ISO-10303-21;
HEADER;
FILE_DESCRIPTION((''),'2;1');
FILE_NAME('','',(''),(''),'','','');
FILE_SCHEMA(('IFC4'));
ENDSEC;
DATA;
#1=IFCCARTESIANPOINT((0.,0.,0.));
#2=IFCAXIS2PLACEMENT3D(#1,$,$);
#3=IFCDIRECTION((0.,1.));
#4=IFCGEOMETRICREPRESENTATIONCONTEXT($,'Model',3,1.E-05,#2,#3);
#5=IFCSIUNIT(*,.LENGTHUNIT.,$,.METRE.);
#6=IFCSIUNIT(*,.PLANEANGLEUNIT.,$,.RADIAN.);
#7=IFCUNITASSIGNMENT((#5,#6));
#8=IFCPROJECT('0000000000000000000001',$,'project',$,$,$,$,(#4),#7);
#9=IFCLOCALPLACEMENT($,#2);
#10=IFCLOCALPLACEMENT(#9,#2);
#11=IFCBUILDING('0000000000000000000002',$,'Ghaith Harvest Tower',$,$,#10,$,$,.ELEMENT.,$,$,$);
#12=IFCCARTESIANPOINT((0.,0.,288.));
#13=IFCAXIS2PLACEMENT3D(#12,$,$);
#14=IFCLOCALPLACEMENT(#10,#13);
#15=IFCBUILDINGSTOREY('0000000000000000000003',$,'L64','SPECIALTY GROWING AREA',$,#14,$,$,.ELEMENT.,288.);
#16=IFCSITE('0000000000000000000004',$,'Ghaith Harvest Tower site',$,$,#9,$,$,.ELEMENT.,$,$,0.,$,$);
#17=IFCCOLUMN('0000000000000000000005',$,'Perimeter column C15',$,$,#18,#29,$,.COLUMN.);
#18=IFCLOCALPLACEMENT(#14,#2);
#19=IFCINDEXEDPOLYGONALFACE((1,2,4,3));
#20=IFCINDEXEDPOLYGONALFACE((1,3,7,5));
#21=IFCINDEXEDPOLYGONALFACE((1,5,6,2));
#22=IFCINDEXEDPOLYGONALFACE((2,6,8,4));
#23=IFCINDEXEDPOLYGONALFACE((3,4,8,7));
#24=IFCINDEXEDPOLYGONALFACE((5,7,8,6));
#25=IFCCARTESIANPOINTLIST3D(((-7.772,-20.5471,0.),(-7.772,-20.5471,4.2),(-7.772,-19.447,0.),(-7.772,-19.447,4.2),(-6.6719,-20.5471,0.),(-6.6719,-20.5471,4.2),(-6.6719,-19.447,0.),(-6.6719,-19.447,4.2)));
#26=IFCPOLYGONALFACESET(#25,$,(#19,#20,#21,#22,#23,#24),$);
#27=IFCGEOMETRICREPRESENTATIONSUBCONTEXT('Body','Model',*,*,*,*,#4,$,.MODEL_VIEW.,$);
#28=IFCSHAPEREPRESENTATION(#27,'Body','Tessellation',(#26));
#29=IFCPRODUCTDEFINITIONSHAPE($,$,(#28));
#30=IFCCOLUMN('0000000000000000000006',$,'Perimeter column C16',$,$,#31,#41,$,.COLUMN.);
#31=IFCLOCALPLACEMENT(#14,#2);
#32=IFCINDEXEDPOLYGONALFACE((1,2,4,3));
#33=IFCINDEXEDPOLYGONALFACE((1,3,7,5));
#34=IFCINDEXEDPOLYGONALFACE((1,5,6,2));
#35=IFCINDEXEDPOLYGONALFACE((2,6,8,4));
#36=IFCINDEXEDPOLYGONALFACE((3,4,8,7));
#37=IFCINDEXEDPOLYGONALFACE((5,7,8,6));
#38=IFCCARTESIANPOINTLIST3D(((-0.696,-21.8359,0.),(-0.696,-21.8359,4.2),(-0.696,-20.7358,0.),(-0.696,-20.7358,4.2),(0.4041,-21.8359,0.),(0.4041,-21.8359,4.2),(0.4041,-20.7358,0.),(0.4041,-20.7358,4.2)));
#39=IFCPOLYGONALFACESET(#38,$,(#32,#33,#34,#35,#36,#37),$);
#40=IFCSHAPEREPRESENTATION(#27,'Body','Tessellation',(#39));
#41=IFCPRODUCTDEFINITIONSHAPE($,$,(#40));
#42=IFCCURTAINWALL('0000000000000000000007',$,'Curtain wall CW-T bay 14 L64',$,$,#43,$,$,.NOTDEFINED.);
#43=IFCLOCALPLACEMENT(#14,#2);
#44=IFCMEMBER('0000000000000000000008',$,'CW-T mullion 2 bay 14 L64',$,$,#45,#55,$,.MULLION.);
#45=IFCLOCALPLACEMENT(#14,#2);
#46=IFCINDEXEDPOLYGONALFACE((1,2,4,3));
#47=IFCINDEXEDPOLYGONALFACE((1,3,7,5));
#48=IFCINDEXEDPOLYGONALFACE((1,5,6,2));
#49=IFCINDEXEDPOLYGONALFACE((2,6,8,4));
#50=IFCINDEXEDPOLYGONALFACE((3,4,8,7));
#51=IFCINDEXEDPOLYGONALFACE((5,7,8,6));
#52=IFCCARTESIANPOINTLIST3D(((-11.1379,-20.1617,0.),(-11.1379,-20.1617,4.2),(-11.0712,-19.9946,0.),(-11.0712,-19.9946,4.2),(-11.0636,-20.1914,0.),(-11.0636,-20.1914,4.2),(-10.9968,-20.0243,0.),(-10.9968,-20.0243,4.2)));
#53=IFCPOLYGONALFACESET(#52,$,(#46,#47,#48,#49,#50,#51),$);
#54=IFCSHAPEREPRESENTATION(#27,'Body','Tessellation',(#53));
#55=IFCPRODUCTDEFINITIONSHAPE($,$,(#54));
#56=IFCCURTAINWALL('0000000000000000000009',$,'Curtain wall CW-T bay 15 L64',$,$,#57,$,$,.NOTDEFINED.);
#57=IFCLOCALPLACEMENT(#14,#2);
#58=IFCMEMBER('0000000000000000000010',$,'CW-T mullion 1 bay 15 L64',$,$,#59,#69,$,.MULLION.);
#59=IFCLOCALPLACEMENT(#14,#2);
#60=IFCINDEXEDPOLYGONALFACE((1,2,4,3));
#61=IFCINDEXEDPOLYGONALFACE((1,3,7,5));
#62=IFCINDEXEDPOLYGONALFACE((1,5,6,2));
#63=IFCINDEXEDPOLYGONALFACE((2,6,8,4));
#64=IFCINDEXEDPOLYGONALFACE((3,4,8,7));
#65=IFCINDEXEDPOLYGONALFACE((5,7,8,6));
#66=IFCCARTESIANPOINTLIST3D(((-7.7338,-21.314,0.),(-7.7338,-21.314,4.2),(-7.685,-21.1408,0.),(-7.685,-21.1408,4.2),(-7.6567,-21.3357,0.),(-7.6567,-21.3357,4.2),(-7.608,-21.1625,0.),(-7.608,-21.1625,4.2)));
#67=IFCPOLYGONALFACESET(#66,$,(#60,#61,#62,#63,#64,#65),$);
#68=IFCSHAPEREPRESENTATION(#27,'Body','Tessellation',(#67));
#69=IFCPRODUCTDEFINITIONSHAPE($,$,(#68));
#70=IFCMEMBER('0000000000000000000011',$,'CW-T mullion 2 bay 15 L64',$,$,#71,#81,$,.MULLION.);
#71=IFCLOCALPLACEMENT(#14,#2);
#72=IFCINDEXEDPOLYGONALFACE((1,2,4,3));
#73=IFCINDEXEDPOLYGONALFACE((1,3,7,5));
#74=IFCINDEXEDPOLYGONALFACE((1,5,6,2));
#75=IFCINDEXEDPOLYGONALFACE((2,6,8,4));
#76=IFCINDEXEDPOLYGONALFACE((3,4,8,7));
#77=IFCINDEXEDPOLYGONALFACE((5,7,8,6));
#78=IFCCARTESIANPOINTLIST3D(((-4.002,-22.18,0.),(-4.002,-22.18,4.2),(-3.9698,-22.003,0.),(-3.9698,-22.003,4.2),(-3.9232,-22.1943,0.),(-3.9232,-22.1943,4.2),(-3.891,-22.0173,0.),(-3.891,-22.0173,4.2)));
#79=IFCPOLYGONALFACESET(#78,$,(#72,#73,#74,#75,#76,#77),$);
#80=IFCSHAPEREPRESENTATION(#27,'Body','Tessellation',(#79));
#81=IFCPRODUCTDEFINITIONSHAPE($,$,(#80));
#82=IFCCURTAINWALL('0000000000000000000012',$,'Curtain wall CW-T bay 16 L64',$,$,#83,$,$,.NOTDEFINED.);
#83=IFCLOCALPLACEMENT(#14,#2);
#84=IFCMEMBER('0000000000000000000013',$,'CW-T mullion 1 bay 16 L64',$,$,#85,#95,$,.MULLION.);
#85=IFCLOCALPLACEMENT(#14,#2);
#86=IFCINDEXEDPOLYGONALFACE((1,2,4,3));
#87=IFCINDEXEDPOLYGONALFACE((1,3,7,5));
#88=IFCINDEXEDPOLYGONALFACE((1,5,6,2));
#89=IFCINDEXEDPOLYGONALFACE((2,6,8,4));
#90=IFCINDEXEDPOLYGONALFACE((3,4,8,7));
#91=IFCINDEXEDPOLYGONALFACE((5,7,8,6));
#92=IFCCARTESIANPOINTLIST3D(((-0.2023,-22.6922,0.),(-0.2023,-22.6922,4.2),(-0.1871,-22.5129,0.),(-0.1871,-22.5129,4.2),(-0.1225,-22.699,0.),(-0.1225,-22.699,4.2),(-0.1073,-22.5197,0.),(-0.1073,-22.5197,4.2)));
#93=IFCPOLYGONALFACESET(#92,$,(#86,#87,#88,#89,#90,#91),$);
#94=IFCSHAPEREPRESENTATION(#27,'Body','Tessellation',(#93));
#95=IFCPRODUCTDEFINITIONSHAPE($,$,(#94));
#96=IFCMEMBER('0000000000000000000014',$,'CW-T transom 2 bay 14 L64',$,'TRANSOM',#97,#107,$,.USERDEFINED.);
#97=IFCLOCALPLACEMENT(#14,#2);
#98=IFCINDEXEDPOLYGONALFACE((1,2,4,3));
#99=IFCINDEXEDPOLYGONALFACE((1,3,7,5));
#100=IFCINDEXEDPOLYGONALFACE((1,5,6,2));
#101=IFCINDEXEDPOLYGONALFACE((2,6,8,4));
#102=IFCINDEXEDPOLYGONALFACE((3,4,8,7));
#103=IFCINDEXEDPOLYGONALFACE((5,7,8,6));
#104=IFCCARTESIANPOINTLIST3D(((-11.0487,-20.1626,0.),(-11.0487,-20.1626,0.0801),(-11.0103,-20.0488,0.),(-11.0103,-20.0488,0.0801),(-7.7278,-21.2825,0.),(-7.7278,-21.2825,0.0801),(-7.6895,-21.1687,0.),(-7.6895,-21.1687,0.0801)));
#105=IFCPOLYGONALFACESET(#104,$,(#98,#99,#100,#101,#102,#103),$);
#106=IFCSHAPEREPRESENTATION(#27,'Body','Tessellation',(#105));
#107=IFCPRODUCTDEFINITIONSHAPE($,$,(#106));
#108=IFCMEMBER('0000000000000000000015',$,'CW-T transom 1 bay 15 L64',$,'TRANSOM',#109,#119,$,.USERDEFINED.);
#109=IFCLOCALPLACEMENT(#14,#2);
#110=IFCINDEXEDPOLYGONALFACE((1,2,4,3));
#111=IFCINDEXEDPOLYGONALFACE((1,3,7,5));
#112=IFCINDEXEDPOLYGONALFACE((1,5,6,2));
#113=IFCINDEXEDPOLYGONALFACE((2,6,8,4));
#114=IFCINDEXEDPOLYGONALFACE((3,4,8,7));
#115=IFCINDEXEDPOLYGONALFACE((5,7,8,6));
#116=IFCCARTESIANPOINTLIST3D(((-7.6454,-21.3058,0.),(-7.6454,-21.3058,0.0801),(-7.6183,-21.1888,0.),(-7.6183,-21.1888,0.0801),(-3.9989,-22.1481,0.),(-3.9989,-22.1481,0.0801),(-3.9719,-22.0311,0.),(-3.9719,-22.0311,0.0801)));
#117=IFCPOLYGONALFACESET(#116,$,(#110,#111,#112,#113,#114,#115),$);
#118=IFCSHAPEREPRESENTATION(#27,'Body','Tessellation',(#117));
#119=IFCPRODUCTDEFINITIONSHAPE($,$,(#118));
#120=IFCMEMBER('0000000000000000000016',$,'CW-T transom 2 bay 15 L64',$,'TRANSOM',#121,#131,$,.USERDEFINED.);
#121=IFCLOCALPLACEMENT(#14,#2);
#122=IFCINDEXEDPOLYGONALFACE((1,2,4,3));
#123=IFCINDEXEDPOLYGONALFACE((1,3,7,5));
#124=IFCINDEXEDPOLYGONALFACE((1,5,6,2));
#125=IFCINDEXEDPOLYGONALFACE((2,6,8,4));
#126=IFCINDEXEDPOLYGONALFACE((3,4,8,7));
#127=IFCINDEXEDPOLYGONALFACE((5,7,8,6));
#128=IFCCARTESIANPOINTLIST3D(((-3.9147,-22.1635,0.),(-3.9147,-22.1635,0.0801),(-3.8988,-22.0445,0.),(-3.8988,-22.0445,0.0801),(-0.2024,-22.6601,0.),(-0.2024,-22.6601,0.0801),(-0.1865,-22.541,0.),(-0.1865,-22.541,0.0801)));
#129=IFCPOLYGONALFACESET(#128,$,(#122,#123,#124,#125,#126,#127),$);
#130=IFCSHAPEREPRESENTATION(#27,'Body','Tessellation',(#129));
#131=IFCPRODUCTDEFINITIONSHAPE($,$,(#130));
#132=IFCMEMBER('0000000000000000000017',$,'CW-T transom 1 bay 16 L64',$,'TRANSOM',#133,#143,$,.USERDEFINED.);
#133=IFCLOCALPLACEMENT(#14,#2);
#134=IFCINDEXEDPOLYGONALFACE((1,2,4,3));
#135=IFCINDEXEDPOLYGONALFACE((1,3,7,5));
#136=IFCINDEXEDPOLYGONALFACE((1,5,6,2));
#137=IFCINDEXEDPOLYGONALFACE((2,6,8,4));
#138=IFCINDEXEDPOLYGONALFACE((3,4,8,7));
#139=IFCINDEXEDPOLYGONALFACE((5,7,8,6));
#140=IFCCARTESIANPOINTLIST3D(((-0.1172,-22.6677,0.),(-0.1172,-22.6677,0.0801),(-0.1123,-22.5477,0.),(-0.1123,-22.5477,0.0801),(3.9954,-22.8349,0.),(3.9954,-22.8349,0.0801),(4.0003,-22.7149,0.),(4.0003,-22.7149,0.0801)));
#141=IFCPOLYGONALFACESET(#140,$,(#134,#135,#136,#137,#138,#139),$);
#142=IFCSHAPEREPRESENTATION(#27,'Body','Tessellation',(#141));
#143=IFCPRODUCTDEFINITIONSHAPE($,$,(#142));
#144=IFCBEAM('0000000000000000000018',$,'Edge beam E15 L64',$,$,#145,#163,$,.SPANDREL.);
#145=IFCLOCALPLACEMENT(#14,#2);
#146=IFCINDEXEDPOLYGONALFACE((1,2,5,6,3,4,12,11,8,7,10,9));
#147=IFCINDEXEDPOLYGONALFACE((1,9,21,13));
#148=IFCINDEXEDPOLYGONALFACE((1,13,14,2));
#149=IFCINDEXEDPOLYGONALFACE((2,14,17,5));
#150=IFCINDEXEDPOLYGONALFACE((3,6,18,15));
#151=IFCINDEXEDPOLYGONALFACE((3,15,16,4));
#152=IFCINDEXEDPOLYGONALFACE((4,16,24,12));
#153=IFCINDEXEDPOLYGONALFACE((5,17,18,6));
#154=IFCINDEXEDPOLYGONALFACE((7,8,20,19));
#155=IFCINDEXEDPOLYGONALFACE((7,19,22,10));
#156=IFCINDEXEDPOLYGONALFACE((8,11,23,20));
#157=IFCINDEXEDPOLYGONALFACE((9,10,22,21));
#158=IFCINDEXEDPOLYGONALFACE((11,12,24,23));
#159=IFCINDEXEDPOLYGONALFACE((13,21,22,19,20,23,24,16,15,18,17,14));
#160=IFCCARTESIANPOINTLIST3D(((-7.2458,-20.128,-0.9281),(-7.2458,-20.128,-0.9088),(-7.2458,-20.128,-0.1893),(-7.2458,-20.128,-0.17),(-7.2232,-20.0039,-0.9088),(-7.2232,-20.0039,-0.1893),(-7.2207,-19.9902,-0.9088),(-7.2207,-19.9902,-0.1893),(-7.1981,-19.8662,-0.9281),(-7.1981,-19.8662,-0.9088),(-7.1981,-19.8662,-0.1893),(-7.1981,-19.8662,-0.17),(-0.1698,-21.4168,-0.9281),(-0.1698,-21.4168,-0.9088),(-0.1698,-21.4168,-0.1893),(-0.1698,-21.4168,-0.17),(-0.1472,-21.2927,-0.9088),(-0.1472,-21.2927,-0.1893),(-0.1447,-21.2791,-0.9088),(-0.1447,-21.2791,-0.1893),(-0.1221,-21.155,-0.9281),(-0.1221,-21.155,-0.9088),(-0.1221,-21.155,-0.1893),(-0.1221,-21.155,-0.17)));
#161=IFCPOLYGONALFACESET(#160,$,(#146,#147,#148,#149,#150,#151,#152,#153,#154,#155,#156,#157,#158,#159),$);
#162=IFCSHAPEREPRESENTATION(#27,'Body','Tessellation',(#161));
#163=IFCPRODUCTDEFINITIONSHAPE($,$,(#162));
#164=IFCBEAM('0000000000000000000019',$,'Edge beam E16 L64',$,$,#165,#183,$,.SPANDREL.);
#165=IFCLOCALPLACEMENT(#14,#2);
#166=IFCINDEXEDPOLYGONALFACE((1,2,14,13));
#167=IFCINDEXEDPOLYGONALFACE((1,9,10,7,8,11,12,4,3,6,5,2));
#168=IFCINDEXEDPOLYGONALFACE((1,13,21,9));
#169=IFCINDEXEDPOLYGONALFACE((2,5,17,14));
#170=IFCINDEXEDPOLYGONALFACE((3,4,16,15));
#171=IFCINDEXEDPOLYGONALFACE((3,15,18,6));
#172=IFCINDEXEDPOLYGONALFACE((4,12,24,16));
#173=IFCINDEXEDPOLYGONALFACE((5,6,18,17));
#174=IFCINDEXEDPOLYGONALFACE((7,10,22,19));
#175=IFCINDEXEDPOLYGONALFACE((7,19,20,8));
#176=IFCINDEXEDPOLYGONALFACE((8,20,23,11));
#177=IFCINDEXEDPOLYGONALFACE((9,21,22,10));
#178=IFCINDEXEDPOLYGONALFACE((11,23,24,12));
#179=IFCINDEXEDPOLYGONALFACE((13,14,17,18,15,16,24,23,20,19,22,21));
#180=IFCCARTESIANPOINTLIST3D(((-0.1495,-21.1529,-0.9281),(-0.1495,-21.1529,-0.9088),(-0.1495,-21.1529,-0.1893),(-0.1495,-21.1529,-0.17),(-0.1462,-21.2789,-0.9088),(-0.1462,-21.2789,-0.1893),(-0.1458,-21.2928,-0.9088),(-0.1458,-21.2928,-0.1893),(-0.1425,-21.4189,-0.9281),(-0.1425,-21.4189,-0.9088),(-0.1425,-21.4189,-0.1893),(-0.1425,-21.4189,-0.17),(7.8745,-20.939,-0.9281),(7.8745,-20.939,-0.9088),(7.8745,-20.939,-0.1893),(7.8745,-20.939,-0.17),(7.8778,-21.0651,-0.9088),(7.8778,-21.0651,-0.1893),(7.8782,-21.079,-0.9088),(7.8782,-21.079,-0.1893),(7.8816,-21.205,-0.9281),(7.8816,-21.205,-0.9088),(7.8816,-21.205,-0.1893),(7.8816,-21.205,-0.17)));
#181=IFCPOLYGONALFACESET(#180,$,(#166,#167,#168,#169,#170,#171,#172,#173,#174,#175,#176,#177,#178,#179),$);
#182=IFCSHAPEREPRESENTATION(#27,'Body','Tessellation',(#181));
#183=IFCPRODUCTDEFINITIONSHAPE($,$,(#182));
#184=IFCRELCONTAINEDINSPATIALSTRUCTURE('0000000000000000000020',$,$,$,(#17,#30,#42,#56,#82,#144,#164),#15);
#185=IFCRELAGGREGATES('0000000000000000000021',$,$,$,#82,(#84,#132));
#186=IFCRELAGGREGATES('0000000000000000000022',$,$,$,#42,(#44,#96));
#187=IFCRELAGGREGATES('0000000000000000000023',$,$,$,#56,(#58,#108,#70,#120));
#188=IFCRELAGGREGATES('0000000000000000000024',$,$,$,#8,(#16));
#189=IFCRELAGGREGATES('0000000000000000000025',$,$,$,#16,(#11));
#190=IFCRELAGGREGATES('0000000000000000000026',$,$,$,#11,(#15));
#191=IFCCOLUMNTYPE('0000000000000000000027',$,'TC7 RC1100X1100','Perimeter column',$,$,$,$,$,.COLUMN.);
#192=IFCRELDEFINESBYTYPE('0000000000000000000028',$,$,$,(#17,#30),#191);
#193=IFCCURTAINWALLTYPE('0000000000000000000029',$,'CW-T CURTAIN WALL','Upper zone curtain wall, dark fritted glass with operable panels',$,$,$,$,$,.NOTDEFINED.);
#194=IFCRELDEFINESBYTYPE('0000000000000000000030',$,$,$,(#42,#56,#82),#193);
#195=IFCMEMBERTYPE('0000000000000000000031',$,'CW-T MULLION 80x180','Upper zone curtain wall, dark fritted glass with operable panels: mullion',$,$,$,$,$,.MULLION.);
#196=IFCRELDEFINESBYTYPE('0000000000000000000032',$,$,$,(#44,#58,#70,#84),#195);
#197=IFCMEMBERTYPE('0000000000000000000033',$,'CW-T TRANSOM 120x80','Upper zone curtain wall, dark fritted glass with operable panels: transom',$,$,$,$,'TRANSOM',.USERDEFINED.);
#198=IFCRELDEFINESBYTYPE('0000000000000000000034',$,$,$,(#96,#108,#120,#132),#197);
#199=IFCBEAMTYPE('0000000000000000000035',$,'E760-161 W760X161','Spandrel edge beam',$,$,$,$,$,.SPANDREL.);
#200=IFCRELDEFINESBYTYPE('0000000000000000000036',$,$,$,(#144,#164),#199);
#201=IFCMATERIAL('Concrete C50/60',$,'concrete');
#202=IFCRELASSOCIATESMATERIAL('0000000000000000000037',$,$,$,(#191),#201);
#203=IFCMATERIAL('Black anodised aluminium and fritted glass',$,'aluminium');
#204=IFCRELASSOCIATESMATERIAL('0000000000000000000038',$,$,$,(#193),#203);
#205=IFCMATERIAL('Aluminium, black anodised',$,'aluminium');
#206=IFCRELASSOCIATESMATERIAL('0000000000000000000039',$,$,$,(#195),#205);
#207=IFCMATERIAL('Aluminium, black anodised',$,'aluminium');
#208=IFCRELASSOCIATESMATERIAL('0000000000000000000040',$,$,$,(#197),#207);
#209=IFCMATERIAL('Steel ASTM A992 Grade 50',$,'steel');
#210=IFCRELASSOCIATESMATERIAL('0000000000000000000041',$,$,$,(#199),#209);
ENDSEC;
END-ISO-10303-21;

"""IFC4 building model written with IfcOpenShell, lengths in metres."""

from ifc_helpers import new_model, si_unit, direction, frame, origin, origin_2d, place, context, subcontext, project, spatial, rectangle, i_section, extrude, material, material_profile, profile_set, type_object, element, aggregate, save


model = new_model("IFC4")

# Units and contexts
model_context = context("Model", 3, precision=1e-05, world=origin(), true_north=direction((0.0, 1.0)))
body_context = subcontext(model_context, "Body", "Model", "MODEL_VIEW")
ifc_project = project(units=[si_unit("LENGTHUNIT", "METRE"), si_unit("PLANEANGLEUNIT", "RADIAN")], contexts=[model_context])

# Site, building, storey
site_placement = place(None, origin())
site = spatial("IfcSite", under=ifc_project, at=site_placement, Name="Ghaith Harvest Tower site", CompositionType="ELEMENT", RefElevation=0.0)
building_placement = place(site_placement, origin())
building = spatial("IfcBuilding", under=site, at=building_placement, Name="Ghaith Harvest Tower", CompositionType="ELEMENT")
storey_placement = place(building_placement, frame((0.0, 0.0, 288.0)))
storey = spatial("IfcBuildingStorey", under=building, at=storey_placement, Name="L64", Description="SPECIALTY GROWING AREA", CompositionType="ELEMENT", Elevation=288.0)

# Columns
ifc_material_1 = material(Name="Concrete C50/60", Category="concrete")
ifc_material_profile_1 = material_profile(ifc_material_1, rectangle(XDim=1.1001, YDim=1.1001, at=origin_2d()), Name="RC1100X1100")
ifc_profile_set_1 = profile_set([ifc_material_profile_1], Name="Concrete C50/60")
column_type = type_object("IfcColumnType", Name="TC7 RC1100X1100", Description="Perimeter column", PredefinedType="COLUMN", material=ifc_profile_set_1)
for number, where, z_axis, x_axis, name in (
    (1, (-7.2219, -19.9971, 0.0), (0.0, 0.0, 1.0), (1.0, 0.0, 0.0), "Perimeter column C15"),
    (2, (-0.146, -21.2859, 0.0), (0.0, 0.0, 1.0), (1.0, 0.0, 0.0), "Perimeter column C16"),
):
    element("IfcColumn", number, at=place(storey_placement, frame(where, z_axis=z_axis, x_axis=x_axis)), inside=storey, type_object=column_type, Name=name, PredefinedType="COLUMN", context=body_context, shape_type="SweptSolid", body=[
        extrude(rectangle(XDim=1.1001, YDim=1.1001, at=origin_2d()), origin(), (0.0, 0.0, 1.0), 4.2),
    ])

# Curtain wall, member
ifc_material_2 = material(Name="Black anodised aluminium and fritted glass", Category="aluminium")
curtain_wall_type = type_object("IfcCurtainWallType", Name="CW-T CURTAIN WALL", Description="Upper zone curtain wall, dark fritted glass with operable panels", PredefinedType="NOTDEFINED", material=ifc_material_2)
curtain_wall_1_placement = place(storey_placement, origin())
curtain_wall_1 = element("IfcCurtainWall", 3, at=curtain_wall_1_placement, inside=storey, type_object=curtain_wall_type, Name="Curtain wall CW-T bay 14 L64", PredefinedType="NOTDEFINED")
ifc_material_3 = material(Name="Aluminium, black anodised", Category="aluminium")
ifc_material_profile_2 = material_profile(ifc_material_3, rectangle(XDim=0.0801, YDim=0.1799, at=origin_2d()), Name="CW-T MULLION 80x180")
ifc_profile_set_2 = profile_set([ifc_material_profile_2], Name="Aluminium, black anodised")
member_type_1 = type_object("IfcMemberType", Name="CW-T MULLION 80x180", Description="Upper zone curtain wall, dark fritted glass with operable panels: mullion", PredefinedType="MULLION", material=ifc_profile_set_2)
member_1_placement = place(storey_placement, frame((-11.0674, -20.093, 0.0), z_axis=(0.0, 0.0, 1.0), x_axis=(0.928624, -0.371021, 0.0)))
member_1 = element("IfcMember", 4, at=member_1_placement, type_object=member_type_1, Name="CW-T mullion 2 bay 14 L64", PredefinedType="MULLION", context=body_context, shape_type="SweptSolid", body=[
    extrude(rectangle(XDim=0.0801, YDim=0.1799, at=origin_2d()), origin(), (0.0, 0.0, 1.0), 4.2),
])

# Curtain wall, members
curtain_wall_2_placement = place(storey_placement, origin())
curtain_wall_2 = element("IfcCurtainWall", 5, at=curtain_wall_2_placement, inside=storey, type_object=curtain_wall_type, Name="Curtain wall CW-T bay 15 L64", PredefinedType="NOTDEFINED")
member_2_placement = place(storey_placement, frame((-7.6709, -21.2383, 0.0), z_axis=(0.0, 0.0, 1.0), x_axis=(0.962552, -0.271095, 0.0)))
member_2 = element("IfcMember", 6, at=member_2_placement, type_object=member_type_1, Name="CW-T mullion 1 bay 15 L64", PredefinedType="MULLION", context=body_context, shape_type="SweptSolid", body=[
    extrude(rectangle(XDim=0.0801, YDim=0.1799, at=origin_2d()), origin(), (0.0, 0.0, 1.0), 4.2),
])
member_3_placement = place(storey_placement, frame((-3.9465, -22.0986, 0.0), z_axis=(0.0, 0.0, 1.0), x_axis=(0.983843, -0.179031, 0.0)))
member_3 = element("IfcMember", 7, at=member_3_placement, type_object=member_type_1, Name="CW-T mullion 2 bay 15 L64", PredefinedType="MULLION", context=body_context, shape_type="SweptSolid", body=[
    extrude(rectangle(XDim=0.0801, YDim=0.1799, at=origin_2d()), origin(), (0.0, 0.0, 1.0), 4.2),
])

# Curtain wall, member
curtain_wall_3_placement = place(storey_placement, origin())
curtain_wall_3 = element("IfcCurtainWall", 8, at=curtain_wall_3_placement, inside=storey, type_object=curtain_wall_type, Name="Curtain wall CW-T bay 16 L64", PredefinedType="NOTDEFINED")
member_4_placement = place(storey_placement, frame((-0.1548, -22.606, 0.0), z_axis=(0.0, 0.0, 1.0), x_axis=(0.996415, -0.084602, 0.0)))
member_4 = element("IfcMember", 9, at=member_4_placement, type_object=member_type_1, Name="CW-T mullion 1 bay 16 L64", PredefinedType="MULLION", context=body_context, shape_type="SweptSolid", body=[
    extrude(rectangle(XDim=0.0801, YDim=0.1799, at=origin_2d()), origin(), (0.0, 0.0, 1.0), 4.2),
])

# Members
ifc_material_4 = material(Name="Aluminium, black anodised", Category="aluminium")
ifc_material_profile_3 = material_profile(ifc_material_4, rectangle(XDim=0.1201, YDim=0.0801, at=origin_2d()), Name="CW-T TRANSOM 120x80")
ifc_profile_set_3 = profile_set([ifc_material_profile_3], Name="Aluminium, black anodised")
member_type_2 = type_object("IfcMemberType", Name="CW-T TRANSOM 120x80", Description="Upper zone curtain wall, dark fritted glass with operable panels: transom", ElementType="TRANSOM", PredefinedType="USERDEFINED", material=ifc_profile_set_3)
member_5_placement = place(storey_placement, frame((-11.0295, -20.1057, 0.04), z_axis=(0.94757, -0.319549, 0.0), x_axis=(0.319549, 0.94757, 0.0)))
member_5 = element("IfcMember", 10, at=member_5_placement, type_object=member_type_2, Name="CW-T transom 2 bay 14 L64", ObjectType="TRANSOM", PredefinedType="USERDEFINED", context=body_context, shape_type="SweptSolid", body=[
    extrude(rectangle(XDim=0.1201, YDim=0.0801, at=origin_2d()), origin(), (0.0, 0.0, 1.0), 3.5046),
])
member_6_placement = place(storey_placement, frame((-7.6318, -21.2473, 0.04), z_axis=(0.974345, -0.22506, 0.0), x_axis=(0.22506, 0.974345, 0.0)))
member_6 = element("IfcMember", 11, at=member_6_placement, type_object=member_type_2, Name="CW-T transom 1 bay 15 L64", ObjectType="TRANSOM", PredefinedType="USERDEFINED", context=body_context, shape_type="SweptSolid", body=[
    extrude(rectangle(XDim=0.1201, YDim=0.0801, at=origin_2d()), origin(), (0.0, 0.0, 1.0), 3.7424),
])
member_7_placement = place(storey_placement, frame((-3.9067, -22.104, 0.04), z_axis=(0.991172, -0.132582, 0.0), x_axis=(0.132582, 0.991172, 0.0)))
member_7 = element("IfcMember", 12, at=member_7_placement, type_object=member_type_2, Name="CW-T transom 2 bay 15 L64", ObjectType="TRANSOM", PredefinedType="USERDEFINED", context=body_context, shape_type="SweptSolid", body=[
    extrude(rectangle(XDim=0.1201, YDim=0.0801, at=origin_2d()), origin(), (0.0, 0.0, 1.0), 3.7454),
])
member_8_placement = place(storey_placement, frame((-0.1147, -22.6077, 0.04), z_axis=(0.999174, -0.040631, 0.0), x_axis=(0.040631, 0.999174, 0.0)))
member_8 = element("IfcMember", 13, at=member_8_placement, type_object=member_type_2, Name="CW-T transom 1 bay 16 L64", ObjectType="TRANSOM", PredefinedType="USERDEFINED", context=body_context, shape_type="SweptSolid", body=[
    extrude(rectangle(XDim=0.1201, YDim=0.0801, at=origin_2d()), origin(), (0.0, 0.0, 1.0), 4.116),
])
aggregate(curtain_wall_3, [member_4, member_8])

# Beams
ifc_material_5 = material(Name="Steel ASTM A992 Grade 50", Category="steel")
ifc_material_profile_4 = material_profile(ifc_material_5, i_section(OverallWidth=0.2661, OverallDepth=0.7581, WebThickness=0.0139, FlangeThickness=0.0193, at=origin_2d()), Name="W760X161")
ifc_profile_set_4 = profile_set([ifc_material_profile_4], Name="Steel ASTM A992 Grade 50")
beam_type = type_object("IfcBeamType", Name="E760-161 W760X161", Description="Spandrel edge beam", PredefinedType="SPANDREL", material=ifc_profile_set_4)
beam_1_placement = place(storey_placement, frame((-7.2219, -19.9971, -0.5491), z_axis=(0.983814, -0.179193, 0.0), x_axis=(0.179193, 0.983814, 0.0)))
element("IfcBeam", 14, at=beam_1_placement, inside=storey, type_object=beam_type, Name="Edge beam E15 L64", PredefinedType="SPANDREL", context=body_context, shape_type="SweptSolid", body=[
    extrude(i_section(OverallWidth=0.2661, OverallDepth=0.7581, WebThickness=0.0139, FlangeThickness=0.0193, at=origin_2d()), origin(), (0.0, 0.0, 1.0), 7.1924),
])
beam_2_placement = place(storey_placement, frame((-0.146, -21.2859, -0.5491), z_axis=(0.999645, 0.026644, 0.0), x_axis=(-0.026644, 0.999645, 0.0)))
element("IfcBeam", 15, at=beam_2_placement, inside=storey, type_object=beam_type, Name="Edge beam E16 L64", PredefinedType="SPANDREL", context=body_context, shape_type="SweptSolid", body=[
    extrude(i_section(OverallWidth=0.2661, OverallDepth=0.7581, WebThickness=0.0139, FlangeThickness=0.0193, at=origin_2d()), origin(), (0.0, 0.0, 1.0), 8.0269),
])

aggregate(curtain_wall_1, [member_1, member_5])
aggregate(curtain_wall_2, [member_2, member_6, member_3, member_7])

save(model, "model.ifc")
